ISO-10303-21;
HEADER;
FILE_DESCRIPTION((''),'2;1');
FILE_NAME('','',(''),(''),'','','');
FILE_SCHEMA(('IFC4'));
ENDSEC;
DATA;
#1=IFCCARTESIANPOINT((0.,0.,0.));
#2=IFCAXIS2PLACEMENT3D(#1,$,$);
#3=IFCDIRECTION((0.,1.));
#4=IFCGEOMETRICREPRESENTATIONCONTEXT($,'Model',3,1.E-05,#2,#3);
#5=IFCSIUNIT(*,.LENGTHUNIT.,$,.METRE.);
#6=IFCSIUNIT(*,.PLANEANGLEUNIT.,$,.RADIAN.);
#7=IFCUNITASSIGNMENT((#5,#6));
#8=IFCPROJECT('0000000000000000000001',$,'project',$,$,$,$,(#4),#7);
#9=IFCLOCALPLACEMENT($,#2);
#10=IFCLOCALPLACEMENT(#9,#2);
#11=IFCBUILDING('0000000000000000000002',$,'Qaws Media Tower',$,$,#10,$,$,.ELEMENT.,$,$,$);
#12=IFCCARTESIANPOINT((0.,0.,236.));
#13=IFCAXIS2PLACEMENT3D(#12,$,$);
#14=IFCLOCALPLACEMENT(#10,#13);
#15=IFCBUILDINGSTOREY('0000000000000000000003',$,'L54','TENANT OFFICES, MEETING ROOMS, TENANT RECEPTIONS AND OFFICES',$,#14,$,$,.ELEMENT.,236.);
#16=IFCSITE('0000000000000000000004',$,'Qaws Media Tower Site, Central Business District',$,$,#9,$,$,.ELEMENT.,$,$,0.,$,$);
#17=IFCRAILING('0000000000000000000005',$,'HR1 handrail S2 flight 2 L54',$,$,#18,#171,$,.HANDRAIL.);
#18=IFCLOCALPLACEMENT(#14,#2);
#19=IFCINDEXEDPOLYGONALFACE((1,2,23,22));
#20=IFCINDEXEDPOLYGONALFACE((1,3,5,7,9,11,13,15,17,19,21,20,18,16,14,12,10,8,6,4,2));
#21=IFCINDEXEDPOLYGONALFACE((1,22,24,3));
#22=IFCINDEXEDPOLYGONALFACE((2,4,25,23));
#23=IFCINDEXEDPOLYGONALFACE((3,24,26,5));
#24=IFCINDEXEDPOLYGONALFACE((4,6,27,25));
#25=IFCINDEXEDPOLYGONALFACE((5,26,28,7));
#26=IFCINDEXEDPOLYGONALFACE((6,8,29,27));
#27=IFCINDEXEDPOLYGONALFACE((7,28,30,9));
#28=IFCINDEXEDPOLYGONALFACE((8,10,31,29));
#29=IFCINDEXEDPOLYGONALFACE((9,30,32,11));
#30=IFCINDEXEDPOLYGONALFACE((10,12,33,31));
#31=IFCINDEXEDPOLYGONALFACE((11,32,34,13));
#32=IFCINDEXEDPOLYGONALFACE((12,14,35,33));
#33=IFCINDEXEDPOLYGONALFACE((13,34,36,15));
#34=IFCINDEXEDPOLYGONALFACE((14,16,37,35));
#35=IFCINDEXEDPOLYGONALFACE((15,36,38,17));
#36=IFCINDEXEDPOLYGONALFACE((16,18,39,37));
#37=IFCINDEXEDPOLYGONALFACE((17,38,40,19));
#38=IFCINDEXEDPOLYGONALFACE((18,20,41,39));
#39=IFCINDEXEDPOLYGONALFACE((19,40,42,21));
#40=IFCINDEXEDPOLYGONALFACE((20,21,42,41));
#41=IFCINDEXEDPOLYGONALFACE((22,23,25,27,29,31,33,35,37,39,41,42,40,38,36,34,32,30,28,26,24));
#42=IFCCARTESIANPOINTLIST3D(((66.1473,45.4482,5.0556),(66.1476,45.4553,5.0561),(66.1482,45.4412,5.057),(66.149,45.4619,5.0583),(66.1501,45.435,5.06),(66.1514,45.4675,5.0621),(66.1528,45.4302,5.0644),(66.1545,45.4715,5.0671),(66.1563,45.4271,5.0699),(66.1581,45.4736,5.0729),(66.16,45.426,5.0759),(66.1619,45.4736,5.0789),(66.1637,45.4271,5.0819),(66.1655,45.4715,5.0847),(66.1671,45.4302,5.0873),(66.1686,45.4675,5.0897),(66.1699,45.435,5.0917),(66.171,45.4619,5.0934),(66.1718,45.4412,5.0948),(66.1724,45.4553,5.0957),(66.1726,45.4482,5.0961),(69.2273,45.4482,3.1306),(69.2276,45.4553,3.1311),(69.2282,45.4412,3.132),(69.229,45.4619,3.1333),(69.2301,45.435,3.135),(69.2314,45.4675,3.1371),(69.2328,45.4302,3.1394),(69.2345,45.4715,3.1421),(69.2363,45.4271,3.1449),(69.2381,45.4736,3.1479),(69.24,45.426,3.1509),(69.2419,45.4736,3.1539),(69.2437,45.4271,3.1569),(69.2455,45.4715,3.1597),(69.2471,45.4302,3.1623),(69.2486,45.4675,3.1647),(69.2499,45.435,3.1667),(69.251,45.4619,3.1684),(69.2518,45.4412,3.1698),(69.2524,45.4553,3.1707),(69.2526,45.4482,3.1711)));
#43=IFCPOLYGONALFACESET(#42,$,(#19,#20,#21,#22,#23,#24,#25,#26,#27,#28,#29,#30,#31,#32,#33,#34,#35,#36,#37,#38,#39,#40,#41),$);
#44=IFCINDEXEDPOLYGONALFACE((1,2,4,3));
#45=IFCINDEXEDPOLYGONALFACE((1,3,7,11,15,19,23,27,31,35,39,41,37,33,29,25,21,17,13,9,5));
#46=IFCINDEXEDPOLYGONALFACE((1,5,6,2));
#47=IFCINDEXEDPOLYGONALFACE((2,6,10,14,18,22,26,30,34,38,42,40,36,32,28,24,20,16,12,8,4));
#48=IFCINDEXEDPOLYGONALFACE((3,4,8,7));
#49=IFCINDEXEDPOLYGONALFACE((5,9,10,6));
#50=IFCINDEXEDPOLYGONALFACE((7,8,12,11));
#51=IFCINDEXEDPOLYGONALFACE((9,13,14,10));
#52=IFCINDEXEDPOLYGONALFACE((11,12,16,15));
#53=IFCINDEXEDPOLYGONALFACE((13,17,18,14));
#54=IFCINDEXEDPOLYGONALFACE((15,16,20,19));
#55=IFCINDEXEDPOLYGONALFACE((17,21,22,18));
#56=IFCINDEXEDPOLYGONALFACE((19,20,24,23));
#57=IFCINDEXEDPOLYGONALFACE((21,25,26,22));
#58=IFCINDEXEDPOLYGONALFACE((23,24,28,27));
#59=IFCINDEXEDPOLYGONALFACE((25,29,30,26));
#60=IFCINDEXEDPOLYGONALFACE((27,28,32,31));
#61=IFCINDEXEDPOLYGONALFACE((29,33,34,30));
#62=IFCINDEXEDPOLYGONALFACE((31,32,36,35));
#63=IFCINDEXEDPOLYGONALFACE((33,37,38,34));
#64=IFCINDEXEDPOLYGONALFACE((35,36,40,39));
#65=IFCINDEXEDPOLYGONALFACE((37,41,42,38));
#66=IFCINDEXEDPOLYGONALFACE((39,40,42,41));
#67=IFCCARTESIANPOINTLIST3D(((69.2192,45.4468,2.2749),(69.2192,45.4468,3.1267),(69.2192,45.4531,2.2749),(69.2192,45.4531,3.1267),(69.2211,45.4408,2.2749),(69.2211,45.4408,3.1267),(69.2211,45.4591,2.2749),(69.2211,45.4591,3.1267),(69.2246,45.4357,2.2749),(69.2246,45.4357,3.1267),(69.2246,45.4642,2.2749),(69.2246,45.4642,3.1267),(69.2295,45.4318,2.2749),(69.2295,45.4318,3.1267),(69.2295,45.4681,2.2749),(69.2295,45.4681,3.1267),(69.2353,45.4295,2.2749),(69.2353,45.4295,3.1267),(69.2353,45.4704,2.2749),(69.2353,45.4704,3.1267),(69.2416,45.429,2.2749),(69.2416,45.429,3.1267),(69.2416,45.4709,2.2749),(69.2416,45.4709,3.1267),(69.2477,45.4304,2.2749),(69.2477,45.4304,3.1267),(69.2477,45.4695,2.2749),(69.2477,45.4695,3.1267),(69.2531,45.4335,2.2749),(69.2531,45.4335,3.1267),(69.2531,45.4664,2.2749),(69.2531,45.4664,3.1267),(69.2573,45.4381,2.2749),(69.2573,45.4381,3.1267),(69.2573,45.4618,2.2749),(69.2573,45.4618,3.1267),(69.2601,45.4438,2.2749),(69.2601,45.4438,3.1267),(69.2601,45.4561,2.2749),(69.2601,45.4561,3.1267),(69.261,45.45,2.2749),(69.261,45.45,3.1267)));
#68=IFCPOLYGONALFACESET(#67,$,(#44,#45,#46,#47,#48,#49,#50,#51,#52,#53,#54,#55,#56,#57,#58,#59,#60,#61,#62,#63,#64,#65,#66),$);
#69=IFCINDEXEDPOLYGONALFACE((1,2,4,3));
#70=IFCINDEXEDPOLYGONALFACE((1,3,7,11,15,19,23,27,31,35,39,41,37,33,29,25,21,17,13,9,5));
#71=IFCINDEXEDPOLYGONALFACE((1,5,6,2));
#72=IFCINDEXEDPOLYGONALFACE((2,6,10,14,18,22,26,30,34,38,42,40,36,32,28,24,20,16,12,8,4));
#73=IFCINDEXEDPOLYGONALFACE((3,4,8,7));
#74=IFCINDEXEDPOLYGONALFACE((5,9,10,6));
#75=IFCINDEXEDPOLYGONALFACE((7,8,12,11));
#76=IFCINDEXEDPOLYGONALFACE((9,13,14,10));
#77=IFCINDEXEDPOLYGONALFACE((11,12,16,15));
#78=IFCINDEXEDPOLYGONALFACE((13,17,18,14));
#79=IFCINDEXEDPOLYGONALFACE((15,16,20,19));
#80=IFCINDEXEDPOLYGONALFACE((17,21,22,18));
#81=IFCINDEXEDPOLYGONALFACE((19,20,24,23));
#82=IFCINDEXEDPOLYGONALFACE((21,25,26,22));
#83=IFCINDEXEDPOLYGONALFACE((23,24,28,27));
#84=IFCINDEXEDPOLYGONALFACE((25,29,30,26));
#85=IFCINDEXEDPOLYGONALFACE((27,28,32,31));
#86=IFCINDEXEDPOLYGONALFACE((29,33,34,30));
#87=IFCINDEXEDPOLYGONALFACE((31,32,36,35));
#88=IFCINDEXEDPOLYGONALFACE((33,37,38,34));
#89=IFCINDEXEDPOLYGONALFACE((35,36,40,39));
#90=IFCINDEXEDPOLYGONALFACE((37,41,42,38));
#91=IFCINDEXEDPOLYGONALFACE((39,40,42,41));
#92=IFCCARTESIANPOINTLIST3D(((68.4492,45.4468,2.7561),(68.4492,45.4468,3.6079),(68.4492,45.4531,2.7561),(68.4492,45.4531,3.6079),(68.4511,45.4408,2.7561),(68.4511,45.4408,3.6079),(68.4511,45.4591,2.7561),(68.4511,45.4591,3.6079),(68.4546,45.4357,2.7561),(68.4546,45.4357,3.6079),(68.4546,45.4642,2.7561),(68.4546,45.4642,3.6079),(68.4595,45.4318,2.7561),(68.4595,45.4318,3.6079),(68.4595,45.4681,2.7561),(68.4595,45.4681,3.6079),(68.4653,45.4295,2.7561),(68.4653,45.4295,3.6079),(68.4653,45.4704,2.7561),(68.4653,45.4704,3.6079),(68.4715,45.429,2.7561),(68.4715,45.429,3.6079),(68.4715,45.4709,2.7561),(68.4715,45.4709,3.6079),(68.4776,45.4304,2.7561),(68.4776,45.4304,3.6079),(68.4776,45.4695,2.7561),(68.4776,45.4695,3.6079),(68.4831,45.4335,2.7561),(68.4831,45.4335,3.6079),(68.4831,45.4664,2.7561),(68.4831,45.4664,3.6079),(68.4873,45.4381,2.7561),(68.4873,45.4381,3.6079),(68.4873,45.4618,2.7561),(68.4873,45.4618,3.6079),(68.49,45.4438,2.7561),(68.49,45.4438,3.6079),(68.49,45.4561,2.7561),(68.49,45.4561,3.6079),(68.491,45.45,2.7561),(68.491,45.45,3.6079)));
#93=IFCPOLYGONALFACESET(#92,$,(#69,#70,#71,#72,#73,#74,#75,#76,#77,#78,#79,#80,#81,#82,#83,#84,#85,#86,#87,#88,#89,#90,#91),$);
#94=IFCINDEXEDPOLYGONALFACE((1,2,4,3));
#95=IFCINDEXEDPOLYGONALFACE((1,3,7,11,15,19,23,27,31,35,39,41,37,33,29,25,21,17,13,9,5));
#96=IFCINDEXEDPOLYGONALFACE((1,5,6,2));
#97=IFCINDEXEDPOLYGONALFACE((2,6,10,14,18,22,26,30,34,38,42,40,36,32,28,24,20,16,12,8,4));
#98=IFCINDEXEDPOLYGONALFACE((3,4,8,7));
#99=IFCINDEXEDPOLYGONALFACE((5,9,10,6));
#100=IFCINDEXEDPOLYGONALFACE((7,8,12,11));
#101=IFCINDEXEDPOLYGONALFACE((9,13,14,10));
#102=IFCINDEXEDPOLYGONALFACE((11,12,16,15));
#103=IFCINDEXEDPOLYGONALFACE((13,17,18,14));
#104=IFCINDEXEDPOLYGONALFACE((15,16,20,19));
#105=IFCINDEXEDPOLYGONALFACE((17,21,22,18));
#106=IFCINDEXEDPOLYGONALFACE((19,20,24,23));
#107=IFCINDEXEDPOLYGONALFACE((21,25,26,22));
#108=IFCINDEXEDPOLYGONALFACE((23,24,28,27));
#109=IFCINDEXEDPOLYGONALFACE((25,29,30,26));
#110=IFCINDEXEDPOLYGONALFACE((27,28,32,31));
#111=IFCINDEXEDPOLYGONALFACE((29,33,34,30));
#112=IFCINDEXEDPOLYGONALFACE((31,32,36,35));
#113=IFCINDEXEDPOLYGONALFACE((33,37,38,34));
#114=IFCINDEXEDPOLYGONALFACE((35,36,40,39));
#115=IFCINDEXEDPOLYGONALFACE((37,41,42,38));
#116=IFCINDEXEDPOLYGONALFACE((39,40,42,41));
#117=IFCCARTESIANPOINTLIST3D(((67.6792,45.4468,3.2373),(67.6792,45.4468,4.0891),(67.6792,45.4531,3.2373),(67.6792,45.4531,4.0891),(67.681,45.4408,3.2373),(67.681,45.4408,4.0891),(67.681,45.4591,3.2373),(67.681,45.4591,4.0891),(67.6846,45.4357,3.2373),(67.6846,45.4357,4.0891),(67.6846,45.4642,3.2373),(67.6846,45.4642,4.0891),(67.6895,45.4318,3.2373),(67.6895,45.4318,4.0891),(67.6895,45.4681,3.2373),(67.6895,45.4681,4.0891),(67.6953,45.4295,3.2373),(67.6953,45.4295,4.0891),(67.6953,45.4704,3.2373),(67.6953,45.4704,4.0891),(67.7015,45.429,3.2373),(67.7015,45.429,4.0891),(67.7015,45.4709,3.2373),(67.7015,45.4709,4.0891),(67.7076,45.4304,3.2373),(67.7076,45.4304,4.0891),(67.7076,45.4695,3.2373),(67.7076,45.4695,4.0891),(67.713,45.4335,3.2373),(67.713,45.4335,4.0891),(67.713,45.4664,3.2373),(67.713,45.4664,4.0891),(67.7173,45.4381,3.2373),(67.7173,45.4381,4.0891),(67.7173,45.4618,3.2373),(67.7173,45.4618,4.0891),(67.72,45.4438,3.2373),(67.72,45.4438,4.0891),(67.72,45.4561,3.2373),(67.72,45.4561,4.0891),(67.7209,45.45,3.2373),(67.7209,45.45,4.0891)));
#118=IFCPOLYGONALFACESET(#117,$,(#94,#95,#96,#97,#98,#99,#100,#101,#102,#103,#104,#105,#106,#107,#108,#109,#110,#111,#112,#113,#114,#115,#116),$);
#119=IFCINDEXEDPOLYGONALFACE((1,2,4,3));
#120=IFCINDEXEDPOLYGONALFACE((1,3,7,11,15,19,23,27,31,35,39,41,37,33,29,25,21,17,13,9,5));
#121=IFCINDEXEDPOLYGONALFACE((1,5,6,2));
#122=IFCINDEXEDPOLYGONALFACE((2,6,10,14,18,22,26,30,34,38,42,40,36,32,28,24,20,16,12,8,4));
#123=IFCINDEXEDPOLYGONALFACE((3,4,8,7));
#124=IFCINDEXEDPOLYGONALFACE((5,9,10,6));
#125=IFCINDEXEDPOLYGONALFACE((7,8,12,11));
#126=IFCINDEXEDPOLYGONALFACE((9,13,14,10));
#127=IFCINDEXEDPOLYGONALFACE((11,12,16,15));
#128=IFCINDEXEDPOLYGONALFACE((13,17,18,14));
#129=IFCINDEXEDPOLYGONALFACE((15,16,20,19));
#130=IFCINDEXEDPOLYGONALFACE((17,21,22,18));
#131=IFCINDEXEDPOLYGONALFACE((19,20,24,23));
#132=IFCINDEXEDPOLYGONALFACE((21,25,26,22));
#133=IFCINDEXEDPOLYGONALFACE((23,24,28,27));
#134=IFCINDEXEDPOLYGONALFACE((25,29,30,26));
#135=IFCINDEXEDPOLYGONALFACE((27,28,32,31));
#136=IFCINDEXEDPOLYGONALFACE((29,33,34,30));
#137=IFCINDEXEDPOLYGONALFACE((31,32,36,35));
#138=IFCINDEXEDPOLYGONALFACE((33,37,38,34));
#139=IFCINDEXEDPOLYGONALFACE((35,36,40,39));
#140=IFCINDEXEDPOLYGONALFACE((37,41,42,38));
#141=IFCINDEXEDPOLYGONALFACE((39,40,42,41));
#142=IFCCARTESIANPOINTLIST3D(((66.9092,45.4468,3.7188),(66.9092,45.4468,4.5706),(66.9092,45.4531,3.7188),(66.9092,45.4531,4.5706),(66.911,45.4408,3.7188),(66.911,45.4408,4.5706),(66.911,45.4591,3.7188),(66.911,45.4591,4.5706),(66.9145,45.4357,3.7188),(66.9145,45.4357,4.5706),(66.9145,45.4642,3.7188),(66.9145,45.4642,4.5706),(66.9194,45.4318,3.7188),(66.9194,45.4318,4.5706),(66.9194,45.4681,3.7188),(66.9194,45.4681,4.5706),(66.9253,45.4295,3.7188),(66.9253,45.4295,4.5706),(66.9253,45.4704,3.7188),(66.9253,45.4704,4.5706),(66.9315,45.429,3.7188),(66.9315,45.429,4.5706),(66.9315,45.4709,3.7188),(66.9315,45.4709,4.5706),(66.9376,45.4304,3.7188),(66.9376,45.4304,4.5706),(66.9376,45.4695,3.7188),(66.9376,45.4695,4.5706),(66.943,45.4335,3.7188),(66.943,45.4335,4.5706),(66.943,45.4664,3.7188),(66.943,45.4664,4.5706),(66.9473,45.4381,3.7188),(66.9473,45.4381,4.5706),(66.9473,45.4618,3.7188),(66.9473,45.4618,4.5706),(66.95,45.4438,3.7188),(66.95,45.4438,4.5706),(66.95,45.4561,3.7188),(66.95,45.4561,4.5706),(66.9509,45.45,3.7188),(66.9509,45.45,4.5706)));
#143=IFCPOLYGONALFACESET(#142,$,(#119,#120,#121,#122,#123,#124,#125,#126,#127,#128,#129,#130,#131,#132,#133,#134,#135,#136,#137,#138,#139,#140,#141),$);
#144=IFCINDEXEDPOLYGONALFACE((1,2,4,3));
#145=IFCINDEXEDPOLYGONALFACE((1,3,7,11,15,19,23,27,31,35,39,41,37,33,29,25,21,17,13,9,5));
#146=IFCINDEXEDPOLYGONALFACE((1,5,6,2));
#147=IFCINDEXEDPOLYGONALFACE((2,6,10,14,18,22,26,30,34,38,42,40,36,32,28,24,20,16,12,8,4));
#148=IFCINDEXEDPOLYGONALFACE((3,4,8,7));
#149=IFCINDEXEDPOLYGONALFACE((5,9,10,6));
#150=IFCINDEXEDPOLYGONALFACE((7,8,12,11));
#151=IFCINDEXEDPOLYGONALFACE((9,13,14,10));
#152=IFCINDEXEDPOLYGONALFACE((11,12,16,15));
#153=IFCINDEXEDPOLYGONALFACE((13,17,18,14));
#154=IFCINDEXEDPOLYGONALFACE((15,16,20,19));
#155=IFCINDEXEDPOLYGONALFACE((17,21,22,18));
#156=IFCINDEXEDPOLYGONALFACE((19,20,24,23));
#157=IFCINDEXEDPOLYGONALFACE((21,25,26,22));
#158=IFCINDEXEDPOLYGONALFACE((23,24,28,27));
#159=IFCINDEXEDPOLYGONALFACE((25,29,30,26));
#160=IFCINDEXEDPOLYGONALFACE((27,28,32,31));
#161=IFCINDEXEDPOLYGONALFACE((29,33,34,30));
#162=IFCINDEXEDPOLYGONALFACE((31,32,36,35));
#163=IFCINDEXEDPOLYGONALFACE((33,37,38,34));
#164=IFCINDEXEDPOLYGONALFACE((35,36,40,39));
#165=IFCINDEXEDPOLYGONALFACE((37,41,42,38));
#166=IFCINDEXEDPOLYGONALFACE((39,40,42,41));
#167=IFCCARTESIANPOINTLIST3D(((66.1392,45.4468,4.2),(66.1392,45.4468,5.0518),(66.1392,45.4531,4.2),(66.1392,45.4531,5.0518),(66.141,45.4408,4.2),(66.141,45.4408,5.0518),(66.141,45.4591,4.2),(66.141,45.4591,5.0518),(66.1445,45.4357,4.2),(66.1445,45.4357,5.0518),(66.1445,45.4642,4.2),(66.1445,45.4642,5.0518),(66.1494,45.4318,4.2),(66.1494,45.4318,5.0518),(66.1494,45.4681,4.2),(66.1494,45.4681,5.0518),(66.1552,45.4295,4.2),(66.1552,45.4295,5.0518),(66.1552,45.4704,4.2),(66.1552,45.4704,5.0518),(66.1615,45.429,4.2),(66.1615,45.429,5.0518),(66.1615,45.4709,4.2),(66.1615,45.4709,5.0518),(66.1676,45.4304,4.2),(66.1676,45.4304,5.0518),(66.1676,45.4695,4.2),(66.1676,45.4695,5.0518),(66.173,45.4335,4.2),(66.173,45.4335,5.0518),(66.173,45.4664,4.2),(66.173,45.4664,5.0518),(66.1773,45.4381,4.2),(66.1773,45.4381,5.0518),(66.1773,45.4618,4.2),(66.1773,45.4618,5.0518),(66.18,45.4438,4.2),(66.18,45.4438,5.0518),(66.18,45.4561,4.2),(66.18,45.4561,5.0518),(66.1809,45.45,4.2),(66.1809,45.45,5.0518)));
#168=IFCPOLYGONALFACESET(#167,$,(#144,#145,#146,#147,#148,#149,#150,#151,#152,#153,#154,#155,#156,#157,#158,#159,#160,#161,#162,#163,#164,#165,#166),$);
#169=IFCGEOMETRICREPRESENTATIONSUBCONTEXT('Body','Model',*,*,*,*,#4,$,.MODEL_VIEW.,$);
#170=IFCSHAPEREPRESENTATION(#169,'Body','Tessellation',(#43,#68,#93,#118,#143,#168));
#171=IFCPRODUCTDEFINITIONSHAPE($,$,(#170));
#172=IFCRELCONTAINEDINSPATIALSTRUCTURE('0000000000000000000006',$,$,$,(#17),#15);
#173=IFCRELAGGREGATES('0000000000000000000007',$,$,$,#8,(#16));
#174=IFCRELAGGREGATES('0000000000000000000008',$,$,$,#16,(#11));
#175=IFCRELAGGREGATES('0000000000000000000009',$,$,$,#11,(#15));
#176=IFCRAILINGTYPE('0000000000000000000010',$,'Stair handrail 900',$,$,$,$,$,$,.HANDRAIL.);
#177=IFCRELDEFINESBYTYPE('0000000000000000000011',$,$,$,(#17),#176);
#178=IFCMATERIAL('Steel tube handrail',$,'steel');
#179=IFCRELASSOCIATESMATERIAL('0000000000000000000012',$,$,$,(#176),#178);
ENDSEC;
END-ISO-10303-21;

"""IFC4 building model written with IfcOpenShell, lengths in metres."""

from ifc_helpers import new_model, si_unit, direction, frame, origin, origin_2d, place, context, subcontext, project, spatial, circle, extrude, material, type_object, element, save


model = new_model("IFC4")

# Units and contexts
model_context = context("Model", 3, precision=1e-05, world=origin(), true_north=direction((0.0, 1.0)))
body_context = subcontext(model_context, "Body", "Model", "MODEL_VIEW")
ifc_project = project(units=[si_unit("LENGTHUNIT", "METRE"), si_unit("PLANEANGLEUNIT", "RADIAN")], contexts=[model_context])

# Site, building, storey
site_placement = place(None, origin())
site = spatial("IfcSite", under=ifc_project, at=site_placement, Name="Qaws Media Tower Site, Central Business District", CompositionType="ELEMENT", RefElevation=0.0)
building_placement = place(site_placement, origin())
building = spatial("IfcBuilding", under=site, at=building_placement, Name="Qaws Media Tower", CompositionType="ELEMENT")
storey_placement = place(building_placement, frame((0.0, 0.0, 236.0)))
storey = spatial("IfcBuildingStorey", under=building, at=storey_placement, Name="L54", Description="TENANT OFFICES, MEETING ROOMS, TENANT RECEPTIONS AND OFFICES", CompositionType="ELEMENT", Elevation=236.0)

# Railing
ifc_material_1 = material(Name="Steel tube handrail", Category="steel")
railing_type = type_object("IfcRailingType", Name="Stair handrail 900", PredefinedType="HANDRAIL", material=ifc_material_1)
for number, where, name in (
    (1, (69.24, 45.45, 2.2749), "HR1 handrail S2 flight 2 L54"),
):
    element("IfcRailing", number, at=place(storey_placement, frame(where)), inside=storey, type_object=railing_type, Name=name, PredefinedType="HANDRAIL", context=body_context, shape_type="SweptSolid", body=[
        extrude(circle(Radius=0.0239, at=origin_2d()), frame((0.0, 0.0, 0.876), z_axis=(-0.847998, 0.0, 0.529999), x_axis=(0.0, -1.0, 0.0)), (0.0, 0.0, 1.0), 3.6321),
        extrude(circle(Radius=0.021, at=origin_2d()), origin(), (0.0, 0.0, 1.0), 0.8518),
        extrude(circle(Radius=0.021, at=origin_2d()), frame((-0.77, 0.0, 0.4812)), (0.0, 0.0, 1.0), 0.8518),
        extrude(circle(Radius=0.021, at=origin_2d()), frame((-1.54, 0.0, 0.9624)), (0.0, 0.0, 1.0), 0.8518),
        extrude(circle(Radius=0.021, at=origin_2d()), frame((-2.3101, 0.0, 1.4438)), (0.0, 0.0, 1.0), 0.8518),
        extrude(circle(Radius=0.021, at=origin_2d()), frame((-3.0801, 0.0, 1.925)), (0.0, 0.0, 1.0), 0.8518),
    ])

save(model, "model.ifc")
